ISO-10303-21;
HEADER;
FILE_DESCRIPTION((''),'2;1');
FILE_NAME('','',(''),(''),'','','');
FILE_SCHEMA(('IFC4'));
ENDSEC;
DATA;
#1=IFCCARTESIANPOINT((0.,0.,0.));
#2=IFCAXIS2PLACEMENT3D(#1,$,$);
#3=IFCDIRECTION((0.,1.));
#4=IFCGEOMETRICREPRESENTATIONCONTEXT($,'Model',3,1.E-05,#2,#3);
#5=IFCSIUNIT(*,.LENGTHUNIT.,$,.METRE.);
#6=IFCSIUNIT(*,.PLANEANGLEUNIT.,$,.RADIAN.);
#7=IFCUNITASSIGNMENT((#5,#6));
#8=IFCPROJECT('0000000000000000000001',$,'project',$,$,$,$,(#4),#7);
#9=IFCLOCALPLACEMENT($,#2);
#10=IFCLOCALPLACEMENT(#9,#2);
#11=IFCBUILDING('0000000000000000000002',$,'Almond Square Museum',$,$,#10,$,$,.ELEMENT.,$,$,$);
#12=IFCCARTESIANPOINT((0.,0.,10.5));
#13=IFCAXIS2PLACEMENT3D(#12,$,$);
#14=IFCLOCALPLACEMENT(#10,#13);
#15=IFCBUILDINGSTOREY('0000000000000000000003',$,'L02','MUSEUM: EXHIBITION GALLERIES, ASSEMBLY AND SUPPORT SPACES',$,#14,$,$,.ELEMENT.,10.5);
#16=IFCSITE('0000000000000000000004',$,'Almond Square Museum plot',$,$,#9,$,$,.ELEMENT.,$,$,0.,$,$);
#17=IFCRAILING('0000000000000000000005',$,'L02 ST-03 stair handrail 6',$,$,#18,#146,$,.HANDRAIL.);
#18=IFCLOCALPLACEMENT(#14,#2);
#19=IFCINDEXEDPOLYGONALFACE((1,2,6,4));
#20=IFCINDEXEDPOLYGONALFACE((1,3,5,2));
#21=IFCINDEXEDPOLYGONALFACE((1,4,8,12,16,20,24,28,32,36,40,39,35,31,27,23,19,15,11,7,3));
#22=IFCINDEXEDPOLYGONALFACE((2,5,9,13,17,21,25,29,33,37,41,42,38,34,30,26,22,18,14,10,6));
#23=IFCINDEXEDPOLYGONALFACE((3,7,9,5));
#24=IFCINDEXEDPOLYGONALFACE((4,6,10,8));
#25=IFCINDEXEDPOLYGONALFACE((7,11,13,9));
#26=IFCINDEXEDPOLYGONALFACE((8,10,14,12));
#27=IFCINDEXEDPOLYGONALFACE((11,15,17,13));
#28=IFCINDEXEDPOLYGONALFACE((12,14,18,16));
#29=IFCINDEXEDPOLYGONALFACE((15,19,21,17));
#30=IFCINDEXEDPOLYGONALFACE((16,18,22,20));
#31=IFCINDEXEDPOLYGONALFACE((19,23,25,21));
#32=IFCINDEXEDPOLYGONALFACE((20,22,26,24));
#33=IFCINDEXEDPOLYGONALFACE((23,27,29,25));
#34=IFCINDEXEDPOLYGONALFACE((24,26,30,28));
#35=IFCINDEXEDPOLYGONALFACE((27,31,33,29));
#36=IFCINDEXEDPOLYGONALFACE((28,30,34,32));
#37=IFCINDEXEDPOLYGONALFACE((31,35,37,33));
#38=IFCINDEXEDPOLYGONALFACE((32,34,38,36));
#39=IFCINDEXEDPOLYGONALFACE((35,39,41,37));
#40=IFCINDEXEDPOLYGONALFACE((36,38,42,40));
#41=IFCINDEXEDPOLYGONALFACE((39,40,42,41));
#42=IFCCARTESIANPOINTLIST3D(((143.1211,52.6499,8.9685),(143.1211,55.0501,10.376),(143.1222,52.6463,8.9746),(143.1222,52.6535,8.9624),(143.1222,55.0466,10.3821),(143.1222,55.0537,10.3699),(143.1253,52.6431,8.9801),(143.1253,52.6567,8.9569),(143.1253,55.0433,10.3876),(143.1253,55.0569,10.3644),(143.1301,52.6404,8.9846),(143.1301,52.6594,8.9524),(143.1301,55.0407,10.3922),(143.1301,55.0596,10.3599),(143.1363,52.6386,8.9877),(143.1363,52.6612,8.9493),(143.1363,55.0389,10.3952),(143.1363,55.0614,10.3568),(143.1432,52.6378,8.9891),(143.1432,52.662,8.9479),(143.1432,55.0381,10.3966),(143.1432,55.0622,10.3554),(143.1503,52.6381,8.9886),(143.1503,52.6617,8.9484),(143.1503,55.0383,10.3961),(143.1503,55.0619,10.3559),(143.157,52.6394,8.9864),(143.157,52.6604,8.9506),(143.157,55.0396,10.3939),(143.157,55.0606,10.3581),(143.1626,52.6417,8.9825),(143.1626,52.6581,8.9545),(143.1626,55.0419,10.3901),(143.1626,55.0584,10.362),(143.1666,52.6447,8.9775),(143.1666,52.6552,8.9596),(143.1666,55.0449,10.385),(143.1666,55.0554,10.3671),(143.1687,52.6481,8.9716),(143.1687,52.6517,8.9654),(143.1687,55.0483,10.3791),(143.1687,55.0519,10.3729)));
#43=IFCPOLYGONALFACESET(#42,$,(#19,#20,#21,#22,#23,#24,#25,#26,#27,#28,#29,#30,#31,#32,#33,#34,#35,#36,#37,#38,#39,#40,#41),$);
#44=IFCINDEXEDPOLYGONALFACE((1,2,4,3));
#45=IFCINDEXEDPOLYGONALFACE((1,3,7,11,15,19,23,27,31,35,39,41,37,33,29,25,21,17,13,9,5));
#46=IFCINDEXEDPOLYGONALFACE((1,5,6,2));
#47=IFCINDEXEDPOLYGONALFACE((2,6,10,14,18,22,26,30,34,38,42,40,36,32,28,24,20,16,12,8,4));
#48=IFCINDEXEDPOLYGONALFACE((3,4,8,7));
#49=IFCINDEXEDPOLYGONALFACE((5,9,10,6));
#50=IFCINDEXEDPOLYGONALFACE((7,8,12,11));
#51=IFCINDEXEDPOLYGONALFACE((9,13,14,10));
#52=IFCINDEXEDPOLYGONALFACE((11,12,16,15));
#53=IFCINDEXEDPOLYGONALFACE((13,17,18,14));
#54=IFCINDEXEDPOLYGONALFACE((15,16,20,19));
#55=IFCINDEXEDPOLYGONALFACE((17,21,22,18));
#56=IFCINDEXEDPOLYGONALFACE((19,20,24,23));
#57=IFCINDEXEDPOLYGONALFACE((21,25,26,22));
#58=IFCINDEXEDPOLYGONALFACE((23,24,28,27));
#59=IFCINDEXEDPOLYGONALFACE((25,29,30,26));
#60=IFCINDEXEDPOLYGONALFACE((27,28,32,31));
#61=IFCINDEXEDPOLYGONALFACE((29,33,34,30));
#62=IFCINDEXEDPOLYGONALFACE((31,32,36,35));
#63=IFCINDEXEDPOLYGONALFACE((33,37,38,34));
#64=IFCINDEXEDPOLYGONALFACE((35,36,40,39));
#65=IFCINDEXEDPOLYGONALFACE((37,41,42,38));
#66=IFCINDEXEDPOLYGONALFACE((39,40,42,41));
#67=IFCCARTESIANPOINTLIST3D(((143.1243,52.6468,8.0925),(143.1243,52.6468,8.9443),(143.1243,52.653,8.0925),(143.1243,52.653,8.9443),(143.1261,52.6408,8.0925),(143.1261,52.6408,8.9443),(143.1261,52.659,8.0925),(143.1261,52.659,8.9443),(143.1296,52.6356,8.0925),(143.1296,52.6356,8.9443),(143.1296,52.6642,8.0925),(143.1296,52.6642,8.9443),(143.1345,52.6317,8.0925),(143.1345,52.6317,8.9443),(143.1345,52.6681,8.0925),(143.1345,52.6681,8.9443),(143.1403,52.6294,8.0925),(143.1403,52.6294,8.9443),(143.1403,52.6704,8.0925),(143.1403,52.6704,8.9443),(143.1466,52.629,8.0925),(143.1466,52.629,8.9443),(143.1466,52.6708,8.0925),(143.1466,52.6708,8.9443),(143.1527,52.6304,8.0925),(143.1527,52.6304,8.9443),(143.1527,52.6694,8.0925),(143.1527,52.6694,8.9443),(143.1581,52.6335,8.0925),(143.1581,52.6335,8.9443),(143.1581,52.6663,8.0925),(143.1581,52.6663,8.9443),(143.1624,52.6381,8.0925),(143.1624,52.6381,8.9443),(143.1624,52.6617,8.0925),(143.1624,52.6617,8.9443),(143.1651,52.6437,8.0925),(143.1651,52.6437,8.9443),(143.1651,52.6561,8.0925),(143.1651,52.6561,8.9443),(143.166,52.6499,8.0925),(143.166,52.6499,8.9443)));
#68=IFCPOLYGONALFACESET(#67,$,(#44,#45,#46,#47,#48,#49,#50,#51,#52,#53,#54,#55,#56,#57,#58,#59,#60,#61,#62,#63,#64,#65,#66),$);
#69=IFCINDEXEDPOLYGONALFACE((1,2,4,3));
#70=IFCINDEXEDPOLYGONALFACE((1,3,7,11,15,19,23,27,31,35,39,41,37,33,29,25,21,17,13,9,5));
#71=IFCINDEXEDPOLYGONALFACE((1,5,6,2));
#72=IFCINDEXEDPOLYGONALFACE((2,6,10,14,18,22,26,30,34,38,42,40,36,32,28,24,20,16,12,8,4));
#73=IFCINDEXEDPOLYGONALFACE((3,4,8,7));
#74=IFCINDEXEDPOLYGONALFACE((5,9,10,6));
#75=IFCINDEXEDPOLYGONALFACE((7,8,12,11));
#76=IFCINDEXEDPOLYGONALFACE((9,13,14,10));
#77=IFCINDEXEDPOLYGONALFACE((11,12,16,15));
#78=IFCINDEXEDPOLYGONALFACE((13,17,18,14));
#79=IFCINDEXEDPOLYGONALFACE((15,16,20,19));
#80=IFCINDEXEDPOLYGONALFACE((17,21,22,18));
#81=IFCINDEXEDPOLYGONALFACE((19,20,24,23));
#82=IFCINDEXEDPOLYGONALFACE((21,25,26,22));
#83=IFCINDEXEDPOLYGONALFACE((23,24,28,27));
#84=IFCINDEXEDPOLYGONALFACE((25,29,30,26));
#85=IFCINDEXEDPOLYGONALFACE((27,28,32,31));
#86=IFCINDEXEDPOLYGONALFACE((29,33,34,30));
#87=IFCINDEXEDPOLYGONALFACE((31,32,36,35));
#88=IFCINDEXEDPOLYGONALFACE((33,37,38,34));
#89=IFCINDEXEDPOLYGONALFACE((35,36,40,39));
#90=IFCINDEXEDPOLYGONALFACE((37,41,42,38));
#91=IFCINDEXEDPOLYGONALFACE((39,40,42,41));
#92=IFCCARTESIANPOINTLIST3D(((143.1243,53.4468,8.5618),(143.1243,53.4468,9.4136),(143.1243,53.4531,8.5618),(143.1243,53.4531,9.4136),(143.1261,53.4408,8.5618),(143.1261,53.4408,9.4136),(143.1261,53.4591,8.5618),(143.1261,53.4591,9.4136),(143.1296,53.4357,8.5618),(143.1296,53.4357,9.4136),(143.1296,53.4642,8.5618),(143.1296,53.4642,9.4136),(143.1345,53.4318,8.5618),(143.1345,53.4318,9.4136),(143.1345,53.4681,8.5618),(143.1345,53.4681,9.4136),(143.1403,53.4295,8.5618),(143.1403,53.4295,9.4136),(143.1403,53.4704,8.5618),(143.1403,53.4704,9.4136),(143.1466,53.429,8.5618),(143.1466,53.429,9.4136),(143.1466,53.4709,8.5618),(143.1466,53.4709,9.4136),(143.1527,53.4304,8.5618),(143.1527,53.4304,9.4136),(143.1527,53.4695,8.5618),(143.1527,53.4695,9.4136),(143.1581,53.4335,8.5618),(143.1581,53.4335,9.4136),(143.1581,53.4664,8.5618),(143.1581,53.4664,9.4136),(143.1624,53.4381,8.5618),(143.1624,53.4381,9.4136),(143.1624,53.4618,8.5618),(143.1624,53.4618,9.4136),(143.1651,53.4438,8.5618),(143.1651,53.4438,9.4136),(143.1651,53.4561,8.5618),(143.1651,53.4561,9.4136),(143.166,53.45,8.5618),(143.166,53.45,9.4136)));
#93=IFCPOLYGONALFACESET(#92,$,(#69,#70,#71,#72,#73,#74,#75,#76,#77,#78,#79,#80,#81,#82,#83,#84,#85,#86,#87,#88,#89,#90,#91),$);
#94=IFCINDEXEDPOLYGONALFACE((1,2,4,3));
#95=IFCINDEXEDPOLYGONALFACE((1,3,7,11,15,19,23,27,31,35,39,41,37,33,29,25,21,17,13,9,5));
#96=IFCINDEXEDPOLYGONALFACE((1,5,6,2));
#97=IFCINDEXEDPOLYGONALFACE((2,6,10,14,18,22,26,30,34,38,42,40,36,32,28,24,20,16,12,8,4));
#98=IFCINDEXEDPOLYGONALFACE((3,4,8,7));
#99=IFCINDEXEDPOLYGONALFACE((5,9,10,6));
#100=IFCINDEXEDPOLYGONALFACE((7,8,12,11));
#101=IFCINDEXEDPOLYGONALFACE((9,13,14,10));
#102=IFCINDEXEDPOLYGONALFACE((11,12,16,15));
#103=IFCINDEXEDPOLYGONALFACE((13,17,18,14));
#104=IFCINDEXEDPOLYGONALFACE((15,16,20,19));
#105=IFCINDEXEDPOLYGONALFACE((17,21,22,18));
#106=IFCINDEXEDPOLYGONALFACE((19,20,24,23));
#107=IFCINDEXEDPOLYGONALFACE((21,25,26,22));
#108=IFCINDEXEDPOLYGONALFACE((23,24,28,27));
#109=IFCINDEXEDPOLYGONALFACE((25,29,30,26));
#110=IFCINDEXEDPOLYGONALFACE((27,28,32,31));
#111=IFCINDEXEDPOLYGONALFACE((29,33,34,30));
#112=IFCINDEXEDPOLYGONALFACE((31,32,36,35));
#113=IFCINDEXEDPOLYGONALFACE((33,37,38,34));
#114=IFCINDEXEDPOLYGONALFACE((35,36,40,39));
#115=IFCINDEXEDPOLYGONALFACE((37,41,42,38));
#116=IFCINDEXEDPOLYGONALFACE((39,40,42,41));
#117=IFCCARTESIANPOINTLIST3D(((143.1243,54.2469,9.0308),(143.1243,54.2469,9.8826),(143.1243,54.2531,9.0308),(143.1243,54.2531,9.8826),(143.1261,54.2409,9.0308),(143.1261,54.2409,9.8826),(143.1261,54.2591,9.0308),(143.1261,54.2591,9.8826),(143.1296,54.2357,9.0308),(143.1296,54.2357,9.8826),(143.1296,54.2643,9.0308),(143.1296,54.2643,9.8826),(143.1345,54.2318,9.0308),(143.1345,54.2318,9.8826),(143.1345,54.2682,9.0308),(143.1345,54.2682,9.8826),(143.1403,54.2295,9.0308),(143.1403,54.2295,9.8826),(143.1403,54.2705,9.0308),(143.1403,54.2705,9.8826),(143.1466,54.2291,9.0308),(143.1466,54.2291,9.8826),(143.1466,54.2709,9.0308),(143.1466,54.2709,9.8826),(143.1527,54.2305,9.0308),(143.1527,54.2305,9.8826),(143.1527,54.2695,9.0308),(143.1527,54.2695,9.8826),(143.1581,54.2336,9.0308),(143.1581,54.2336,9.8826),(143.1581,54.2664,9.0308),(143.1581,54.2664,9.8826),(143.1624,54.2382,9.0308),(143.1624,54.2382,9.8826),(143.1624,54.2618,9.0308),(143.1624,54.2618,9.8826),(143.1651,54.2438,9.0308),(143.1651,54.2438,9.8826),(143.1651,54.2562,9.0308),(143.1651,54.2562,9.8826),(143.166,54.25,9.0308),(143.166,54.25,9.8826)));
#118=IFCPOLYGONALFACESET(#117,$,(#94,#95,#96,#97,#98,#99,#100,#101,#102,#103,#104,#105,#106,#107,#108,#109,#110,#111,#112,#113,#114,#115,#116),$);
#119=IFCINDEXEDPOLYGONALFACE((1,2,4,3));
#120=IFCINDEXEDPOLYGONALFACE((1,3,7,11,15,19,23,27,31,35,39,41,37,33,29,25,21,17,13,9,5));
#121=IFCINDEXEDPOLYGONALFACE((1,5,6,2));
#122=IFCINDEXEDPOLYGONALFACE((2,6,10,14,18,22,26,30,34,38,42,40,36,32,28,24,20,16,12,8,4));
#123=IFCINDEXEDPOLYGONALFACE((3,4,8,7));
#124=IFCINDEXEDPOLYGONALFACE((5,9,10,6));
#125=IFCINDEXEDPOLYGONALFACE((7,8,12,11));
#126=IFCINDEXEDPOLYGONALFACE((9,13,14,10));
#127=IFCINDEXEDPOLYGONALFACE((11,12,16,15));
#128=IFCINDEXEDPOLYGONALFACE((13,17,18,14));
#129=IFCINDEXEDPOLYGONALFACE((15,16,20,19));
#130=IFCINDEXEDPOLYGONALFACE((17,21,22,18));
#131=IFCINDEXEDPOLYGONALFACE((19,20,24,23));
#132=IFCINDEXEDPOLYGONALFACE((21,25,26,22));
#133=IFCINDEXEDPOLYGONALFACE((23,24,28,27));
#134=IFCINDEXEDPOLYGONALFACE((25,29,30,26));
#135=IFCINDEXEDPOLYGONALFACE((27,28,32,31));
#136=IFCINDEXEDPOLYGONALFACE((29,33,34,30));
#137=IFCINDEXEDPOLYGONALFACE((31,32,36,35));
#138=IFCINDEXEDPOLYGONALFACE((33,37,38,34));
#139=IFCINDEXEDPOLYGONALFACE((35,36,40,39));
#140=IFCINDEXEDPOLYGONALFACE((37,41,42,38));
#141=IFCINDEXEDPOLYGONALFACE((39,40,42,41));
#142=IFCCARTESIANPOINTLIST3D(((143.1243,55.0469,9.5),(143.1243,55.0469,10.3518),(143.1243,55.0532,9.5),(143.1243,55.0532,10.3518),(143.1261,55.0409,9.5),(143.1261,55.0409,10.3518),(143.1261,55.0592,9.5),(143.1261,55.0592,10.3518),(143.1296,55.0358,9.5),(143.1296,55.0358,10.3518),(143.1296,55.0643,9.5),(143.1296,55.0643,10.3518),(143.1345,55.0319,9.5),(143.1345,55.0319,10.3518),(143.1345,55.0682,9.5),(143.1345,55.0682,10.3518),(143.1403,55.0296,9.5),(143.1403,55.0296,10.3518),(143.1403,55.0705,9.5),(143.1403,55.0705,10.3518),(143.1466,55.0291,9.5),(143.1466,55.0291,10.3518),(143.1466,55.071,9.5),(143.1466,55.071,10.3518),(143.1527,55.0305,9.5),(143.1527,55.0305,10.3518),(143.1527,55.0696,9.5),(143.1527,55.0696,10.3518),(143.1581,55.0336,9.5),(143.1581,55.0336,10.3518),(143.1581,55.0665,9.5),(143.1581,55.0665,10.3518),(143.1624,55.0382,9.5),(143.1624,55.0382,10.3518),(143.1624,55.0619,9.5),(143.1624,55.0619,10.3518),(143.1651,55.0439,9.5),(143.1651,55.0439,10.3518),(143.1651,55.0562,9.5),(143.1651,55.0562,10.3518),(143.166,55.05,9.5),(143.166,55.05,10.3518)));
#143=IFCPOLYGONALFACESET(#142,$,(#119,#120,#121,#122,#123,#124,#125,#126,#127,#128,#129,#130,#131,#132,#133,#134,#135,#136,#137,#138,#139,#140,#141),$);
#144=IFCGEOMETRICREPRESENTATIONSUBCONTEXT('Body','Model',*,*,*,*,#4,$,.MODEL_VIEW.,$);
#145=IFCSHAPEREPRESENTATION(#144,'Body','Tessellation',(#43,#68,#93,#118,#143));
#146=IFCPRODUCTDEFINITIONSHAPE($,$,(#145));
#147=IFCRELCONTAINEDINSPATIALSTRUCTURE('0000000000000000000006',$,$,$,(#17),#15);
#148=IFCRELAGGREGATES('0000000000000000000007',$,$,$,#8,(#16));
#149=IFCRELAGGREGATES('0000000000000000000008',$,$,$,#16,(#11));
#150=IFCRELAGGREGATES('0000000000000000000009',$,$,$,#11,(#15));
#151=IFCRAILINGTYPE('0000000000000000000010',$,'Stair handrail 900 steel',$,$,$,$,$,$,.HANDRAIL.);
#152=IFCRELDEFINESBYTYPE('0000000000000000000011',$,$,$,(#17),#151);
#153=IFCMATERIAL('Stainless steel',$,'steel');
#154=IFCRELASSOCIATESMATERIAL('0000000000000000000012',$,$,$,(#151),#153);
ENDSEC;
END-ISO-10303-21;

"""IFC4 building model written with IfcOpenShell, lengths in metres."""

from ifc_helpers import new_model, si_unit, direction, frame, origin, origin_2d, place, context, subcontext, project, spatial, circle, extrude, material, type_object, element, save


model = new_model("IFC4")

# Units and contexts
model_context = context("Model", 3, precision=1e-05, world=origin(), true_north=direction((0.0, 1.0)))
body_context = subcontext(model_context, "Body", "Model", "MODEL_VIEW")
ifc_project = project(units=[si_unit("LENGTHUNIT", "METRE"), si_unit("PLANEANGLEUNIT", "RADIAN")], contexts=[model_context])

# Site, building, storey
site_placement = place(None, origin())
site = spatial("IfcSite", under=ifc_project, at=site_placement, Name="Almond Square Museum plot", CompositionType="ELEMENT", RefElevation=0.0)
building_placement = place(site_placement, origin())
building = spatial("IfcBuilding", under=site, at=building_placement, Name="Almond Square Museum", CompositionType="ELEMENT")
storey_placement = place(building_placement, frame((0.0, 0.0, 10.5)))
storey = spatial("IfcBuildingStorey", under=building, at=storey_placement, Name="L02", Description="MUSEUM: EXHIBITION GALLERIES, ASSEMBLY AND SUPPORT SPACES", CompositionType="ELEMENT", Elevation=10.5)

# Railing
ifc_material_1 = material(Name="Stainless steel", Category="steel")
railing_type_1 = type_object("IfcRailingType", Name="Stair handrail 900 steel", PredefinedType="HANDRAIL", material=ifc_material_1)
railing_1_placement = place(storey_placement, frame((143.145, 52.6499, 8.0925)))
element("IfcRailing", 1, at=railing_1_placement, inside=storey, type_object=railing_type_1, Name="L02 ST-03 stair handrail 6", PredefinedType="HANDRAIL", context=body_context, shape_type="SweptSolid", body=[
    extrude(circle(Radius=0.0239, at=origin_2d()), frame((0.0, 0.0, 0.876), z_axis=(0.0, 0.862621, 0.50585), x_axis=(-1.0, 0.0, 0.0)), (0.0, 0.0, 1.0), 2.7825),
    extrude(circle(Radius=0.021, at=origin_2d()), origin(), (0.0, 0.0, 1.0), 0.8518),
    extrude(circle(Radius=0.021, at=origin_2d()), frame((0.0, 0.8, 0.4692)), (0.0, 0.0, 1.0), 0.8518),
    extrude(circle(Radius=0.021, at=origin_2d()), frame((0.0, 1.6001, 0.9382)), (0.0, 0.0, 1.0), 0.8518),
    extrude(circle(Radius=0.021, at=origin_2d()), frame((0.0, 2.4001, 1.4075)), (0.0, 0.0, 1.0), 0.8518),
])

save(model, "model.ifc")
